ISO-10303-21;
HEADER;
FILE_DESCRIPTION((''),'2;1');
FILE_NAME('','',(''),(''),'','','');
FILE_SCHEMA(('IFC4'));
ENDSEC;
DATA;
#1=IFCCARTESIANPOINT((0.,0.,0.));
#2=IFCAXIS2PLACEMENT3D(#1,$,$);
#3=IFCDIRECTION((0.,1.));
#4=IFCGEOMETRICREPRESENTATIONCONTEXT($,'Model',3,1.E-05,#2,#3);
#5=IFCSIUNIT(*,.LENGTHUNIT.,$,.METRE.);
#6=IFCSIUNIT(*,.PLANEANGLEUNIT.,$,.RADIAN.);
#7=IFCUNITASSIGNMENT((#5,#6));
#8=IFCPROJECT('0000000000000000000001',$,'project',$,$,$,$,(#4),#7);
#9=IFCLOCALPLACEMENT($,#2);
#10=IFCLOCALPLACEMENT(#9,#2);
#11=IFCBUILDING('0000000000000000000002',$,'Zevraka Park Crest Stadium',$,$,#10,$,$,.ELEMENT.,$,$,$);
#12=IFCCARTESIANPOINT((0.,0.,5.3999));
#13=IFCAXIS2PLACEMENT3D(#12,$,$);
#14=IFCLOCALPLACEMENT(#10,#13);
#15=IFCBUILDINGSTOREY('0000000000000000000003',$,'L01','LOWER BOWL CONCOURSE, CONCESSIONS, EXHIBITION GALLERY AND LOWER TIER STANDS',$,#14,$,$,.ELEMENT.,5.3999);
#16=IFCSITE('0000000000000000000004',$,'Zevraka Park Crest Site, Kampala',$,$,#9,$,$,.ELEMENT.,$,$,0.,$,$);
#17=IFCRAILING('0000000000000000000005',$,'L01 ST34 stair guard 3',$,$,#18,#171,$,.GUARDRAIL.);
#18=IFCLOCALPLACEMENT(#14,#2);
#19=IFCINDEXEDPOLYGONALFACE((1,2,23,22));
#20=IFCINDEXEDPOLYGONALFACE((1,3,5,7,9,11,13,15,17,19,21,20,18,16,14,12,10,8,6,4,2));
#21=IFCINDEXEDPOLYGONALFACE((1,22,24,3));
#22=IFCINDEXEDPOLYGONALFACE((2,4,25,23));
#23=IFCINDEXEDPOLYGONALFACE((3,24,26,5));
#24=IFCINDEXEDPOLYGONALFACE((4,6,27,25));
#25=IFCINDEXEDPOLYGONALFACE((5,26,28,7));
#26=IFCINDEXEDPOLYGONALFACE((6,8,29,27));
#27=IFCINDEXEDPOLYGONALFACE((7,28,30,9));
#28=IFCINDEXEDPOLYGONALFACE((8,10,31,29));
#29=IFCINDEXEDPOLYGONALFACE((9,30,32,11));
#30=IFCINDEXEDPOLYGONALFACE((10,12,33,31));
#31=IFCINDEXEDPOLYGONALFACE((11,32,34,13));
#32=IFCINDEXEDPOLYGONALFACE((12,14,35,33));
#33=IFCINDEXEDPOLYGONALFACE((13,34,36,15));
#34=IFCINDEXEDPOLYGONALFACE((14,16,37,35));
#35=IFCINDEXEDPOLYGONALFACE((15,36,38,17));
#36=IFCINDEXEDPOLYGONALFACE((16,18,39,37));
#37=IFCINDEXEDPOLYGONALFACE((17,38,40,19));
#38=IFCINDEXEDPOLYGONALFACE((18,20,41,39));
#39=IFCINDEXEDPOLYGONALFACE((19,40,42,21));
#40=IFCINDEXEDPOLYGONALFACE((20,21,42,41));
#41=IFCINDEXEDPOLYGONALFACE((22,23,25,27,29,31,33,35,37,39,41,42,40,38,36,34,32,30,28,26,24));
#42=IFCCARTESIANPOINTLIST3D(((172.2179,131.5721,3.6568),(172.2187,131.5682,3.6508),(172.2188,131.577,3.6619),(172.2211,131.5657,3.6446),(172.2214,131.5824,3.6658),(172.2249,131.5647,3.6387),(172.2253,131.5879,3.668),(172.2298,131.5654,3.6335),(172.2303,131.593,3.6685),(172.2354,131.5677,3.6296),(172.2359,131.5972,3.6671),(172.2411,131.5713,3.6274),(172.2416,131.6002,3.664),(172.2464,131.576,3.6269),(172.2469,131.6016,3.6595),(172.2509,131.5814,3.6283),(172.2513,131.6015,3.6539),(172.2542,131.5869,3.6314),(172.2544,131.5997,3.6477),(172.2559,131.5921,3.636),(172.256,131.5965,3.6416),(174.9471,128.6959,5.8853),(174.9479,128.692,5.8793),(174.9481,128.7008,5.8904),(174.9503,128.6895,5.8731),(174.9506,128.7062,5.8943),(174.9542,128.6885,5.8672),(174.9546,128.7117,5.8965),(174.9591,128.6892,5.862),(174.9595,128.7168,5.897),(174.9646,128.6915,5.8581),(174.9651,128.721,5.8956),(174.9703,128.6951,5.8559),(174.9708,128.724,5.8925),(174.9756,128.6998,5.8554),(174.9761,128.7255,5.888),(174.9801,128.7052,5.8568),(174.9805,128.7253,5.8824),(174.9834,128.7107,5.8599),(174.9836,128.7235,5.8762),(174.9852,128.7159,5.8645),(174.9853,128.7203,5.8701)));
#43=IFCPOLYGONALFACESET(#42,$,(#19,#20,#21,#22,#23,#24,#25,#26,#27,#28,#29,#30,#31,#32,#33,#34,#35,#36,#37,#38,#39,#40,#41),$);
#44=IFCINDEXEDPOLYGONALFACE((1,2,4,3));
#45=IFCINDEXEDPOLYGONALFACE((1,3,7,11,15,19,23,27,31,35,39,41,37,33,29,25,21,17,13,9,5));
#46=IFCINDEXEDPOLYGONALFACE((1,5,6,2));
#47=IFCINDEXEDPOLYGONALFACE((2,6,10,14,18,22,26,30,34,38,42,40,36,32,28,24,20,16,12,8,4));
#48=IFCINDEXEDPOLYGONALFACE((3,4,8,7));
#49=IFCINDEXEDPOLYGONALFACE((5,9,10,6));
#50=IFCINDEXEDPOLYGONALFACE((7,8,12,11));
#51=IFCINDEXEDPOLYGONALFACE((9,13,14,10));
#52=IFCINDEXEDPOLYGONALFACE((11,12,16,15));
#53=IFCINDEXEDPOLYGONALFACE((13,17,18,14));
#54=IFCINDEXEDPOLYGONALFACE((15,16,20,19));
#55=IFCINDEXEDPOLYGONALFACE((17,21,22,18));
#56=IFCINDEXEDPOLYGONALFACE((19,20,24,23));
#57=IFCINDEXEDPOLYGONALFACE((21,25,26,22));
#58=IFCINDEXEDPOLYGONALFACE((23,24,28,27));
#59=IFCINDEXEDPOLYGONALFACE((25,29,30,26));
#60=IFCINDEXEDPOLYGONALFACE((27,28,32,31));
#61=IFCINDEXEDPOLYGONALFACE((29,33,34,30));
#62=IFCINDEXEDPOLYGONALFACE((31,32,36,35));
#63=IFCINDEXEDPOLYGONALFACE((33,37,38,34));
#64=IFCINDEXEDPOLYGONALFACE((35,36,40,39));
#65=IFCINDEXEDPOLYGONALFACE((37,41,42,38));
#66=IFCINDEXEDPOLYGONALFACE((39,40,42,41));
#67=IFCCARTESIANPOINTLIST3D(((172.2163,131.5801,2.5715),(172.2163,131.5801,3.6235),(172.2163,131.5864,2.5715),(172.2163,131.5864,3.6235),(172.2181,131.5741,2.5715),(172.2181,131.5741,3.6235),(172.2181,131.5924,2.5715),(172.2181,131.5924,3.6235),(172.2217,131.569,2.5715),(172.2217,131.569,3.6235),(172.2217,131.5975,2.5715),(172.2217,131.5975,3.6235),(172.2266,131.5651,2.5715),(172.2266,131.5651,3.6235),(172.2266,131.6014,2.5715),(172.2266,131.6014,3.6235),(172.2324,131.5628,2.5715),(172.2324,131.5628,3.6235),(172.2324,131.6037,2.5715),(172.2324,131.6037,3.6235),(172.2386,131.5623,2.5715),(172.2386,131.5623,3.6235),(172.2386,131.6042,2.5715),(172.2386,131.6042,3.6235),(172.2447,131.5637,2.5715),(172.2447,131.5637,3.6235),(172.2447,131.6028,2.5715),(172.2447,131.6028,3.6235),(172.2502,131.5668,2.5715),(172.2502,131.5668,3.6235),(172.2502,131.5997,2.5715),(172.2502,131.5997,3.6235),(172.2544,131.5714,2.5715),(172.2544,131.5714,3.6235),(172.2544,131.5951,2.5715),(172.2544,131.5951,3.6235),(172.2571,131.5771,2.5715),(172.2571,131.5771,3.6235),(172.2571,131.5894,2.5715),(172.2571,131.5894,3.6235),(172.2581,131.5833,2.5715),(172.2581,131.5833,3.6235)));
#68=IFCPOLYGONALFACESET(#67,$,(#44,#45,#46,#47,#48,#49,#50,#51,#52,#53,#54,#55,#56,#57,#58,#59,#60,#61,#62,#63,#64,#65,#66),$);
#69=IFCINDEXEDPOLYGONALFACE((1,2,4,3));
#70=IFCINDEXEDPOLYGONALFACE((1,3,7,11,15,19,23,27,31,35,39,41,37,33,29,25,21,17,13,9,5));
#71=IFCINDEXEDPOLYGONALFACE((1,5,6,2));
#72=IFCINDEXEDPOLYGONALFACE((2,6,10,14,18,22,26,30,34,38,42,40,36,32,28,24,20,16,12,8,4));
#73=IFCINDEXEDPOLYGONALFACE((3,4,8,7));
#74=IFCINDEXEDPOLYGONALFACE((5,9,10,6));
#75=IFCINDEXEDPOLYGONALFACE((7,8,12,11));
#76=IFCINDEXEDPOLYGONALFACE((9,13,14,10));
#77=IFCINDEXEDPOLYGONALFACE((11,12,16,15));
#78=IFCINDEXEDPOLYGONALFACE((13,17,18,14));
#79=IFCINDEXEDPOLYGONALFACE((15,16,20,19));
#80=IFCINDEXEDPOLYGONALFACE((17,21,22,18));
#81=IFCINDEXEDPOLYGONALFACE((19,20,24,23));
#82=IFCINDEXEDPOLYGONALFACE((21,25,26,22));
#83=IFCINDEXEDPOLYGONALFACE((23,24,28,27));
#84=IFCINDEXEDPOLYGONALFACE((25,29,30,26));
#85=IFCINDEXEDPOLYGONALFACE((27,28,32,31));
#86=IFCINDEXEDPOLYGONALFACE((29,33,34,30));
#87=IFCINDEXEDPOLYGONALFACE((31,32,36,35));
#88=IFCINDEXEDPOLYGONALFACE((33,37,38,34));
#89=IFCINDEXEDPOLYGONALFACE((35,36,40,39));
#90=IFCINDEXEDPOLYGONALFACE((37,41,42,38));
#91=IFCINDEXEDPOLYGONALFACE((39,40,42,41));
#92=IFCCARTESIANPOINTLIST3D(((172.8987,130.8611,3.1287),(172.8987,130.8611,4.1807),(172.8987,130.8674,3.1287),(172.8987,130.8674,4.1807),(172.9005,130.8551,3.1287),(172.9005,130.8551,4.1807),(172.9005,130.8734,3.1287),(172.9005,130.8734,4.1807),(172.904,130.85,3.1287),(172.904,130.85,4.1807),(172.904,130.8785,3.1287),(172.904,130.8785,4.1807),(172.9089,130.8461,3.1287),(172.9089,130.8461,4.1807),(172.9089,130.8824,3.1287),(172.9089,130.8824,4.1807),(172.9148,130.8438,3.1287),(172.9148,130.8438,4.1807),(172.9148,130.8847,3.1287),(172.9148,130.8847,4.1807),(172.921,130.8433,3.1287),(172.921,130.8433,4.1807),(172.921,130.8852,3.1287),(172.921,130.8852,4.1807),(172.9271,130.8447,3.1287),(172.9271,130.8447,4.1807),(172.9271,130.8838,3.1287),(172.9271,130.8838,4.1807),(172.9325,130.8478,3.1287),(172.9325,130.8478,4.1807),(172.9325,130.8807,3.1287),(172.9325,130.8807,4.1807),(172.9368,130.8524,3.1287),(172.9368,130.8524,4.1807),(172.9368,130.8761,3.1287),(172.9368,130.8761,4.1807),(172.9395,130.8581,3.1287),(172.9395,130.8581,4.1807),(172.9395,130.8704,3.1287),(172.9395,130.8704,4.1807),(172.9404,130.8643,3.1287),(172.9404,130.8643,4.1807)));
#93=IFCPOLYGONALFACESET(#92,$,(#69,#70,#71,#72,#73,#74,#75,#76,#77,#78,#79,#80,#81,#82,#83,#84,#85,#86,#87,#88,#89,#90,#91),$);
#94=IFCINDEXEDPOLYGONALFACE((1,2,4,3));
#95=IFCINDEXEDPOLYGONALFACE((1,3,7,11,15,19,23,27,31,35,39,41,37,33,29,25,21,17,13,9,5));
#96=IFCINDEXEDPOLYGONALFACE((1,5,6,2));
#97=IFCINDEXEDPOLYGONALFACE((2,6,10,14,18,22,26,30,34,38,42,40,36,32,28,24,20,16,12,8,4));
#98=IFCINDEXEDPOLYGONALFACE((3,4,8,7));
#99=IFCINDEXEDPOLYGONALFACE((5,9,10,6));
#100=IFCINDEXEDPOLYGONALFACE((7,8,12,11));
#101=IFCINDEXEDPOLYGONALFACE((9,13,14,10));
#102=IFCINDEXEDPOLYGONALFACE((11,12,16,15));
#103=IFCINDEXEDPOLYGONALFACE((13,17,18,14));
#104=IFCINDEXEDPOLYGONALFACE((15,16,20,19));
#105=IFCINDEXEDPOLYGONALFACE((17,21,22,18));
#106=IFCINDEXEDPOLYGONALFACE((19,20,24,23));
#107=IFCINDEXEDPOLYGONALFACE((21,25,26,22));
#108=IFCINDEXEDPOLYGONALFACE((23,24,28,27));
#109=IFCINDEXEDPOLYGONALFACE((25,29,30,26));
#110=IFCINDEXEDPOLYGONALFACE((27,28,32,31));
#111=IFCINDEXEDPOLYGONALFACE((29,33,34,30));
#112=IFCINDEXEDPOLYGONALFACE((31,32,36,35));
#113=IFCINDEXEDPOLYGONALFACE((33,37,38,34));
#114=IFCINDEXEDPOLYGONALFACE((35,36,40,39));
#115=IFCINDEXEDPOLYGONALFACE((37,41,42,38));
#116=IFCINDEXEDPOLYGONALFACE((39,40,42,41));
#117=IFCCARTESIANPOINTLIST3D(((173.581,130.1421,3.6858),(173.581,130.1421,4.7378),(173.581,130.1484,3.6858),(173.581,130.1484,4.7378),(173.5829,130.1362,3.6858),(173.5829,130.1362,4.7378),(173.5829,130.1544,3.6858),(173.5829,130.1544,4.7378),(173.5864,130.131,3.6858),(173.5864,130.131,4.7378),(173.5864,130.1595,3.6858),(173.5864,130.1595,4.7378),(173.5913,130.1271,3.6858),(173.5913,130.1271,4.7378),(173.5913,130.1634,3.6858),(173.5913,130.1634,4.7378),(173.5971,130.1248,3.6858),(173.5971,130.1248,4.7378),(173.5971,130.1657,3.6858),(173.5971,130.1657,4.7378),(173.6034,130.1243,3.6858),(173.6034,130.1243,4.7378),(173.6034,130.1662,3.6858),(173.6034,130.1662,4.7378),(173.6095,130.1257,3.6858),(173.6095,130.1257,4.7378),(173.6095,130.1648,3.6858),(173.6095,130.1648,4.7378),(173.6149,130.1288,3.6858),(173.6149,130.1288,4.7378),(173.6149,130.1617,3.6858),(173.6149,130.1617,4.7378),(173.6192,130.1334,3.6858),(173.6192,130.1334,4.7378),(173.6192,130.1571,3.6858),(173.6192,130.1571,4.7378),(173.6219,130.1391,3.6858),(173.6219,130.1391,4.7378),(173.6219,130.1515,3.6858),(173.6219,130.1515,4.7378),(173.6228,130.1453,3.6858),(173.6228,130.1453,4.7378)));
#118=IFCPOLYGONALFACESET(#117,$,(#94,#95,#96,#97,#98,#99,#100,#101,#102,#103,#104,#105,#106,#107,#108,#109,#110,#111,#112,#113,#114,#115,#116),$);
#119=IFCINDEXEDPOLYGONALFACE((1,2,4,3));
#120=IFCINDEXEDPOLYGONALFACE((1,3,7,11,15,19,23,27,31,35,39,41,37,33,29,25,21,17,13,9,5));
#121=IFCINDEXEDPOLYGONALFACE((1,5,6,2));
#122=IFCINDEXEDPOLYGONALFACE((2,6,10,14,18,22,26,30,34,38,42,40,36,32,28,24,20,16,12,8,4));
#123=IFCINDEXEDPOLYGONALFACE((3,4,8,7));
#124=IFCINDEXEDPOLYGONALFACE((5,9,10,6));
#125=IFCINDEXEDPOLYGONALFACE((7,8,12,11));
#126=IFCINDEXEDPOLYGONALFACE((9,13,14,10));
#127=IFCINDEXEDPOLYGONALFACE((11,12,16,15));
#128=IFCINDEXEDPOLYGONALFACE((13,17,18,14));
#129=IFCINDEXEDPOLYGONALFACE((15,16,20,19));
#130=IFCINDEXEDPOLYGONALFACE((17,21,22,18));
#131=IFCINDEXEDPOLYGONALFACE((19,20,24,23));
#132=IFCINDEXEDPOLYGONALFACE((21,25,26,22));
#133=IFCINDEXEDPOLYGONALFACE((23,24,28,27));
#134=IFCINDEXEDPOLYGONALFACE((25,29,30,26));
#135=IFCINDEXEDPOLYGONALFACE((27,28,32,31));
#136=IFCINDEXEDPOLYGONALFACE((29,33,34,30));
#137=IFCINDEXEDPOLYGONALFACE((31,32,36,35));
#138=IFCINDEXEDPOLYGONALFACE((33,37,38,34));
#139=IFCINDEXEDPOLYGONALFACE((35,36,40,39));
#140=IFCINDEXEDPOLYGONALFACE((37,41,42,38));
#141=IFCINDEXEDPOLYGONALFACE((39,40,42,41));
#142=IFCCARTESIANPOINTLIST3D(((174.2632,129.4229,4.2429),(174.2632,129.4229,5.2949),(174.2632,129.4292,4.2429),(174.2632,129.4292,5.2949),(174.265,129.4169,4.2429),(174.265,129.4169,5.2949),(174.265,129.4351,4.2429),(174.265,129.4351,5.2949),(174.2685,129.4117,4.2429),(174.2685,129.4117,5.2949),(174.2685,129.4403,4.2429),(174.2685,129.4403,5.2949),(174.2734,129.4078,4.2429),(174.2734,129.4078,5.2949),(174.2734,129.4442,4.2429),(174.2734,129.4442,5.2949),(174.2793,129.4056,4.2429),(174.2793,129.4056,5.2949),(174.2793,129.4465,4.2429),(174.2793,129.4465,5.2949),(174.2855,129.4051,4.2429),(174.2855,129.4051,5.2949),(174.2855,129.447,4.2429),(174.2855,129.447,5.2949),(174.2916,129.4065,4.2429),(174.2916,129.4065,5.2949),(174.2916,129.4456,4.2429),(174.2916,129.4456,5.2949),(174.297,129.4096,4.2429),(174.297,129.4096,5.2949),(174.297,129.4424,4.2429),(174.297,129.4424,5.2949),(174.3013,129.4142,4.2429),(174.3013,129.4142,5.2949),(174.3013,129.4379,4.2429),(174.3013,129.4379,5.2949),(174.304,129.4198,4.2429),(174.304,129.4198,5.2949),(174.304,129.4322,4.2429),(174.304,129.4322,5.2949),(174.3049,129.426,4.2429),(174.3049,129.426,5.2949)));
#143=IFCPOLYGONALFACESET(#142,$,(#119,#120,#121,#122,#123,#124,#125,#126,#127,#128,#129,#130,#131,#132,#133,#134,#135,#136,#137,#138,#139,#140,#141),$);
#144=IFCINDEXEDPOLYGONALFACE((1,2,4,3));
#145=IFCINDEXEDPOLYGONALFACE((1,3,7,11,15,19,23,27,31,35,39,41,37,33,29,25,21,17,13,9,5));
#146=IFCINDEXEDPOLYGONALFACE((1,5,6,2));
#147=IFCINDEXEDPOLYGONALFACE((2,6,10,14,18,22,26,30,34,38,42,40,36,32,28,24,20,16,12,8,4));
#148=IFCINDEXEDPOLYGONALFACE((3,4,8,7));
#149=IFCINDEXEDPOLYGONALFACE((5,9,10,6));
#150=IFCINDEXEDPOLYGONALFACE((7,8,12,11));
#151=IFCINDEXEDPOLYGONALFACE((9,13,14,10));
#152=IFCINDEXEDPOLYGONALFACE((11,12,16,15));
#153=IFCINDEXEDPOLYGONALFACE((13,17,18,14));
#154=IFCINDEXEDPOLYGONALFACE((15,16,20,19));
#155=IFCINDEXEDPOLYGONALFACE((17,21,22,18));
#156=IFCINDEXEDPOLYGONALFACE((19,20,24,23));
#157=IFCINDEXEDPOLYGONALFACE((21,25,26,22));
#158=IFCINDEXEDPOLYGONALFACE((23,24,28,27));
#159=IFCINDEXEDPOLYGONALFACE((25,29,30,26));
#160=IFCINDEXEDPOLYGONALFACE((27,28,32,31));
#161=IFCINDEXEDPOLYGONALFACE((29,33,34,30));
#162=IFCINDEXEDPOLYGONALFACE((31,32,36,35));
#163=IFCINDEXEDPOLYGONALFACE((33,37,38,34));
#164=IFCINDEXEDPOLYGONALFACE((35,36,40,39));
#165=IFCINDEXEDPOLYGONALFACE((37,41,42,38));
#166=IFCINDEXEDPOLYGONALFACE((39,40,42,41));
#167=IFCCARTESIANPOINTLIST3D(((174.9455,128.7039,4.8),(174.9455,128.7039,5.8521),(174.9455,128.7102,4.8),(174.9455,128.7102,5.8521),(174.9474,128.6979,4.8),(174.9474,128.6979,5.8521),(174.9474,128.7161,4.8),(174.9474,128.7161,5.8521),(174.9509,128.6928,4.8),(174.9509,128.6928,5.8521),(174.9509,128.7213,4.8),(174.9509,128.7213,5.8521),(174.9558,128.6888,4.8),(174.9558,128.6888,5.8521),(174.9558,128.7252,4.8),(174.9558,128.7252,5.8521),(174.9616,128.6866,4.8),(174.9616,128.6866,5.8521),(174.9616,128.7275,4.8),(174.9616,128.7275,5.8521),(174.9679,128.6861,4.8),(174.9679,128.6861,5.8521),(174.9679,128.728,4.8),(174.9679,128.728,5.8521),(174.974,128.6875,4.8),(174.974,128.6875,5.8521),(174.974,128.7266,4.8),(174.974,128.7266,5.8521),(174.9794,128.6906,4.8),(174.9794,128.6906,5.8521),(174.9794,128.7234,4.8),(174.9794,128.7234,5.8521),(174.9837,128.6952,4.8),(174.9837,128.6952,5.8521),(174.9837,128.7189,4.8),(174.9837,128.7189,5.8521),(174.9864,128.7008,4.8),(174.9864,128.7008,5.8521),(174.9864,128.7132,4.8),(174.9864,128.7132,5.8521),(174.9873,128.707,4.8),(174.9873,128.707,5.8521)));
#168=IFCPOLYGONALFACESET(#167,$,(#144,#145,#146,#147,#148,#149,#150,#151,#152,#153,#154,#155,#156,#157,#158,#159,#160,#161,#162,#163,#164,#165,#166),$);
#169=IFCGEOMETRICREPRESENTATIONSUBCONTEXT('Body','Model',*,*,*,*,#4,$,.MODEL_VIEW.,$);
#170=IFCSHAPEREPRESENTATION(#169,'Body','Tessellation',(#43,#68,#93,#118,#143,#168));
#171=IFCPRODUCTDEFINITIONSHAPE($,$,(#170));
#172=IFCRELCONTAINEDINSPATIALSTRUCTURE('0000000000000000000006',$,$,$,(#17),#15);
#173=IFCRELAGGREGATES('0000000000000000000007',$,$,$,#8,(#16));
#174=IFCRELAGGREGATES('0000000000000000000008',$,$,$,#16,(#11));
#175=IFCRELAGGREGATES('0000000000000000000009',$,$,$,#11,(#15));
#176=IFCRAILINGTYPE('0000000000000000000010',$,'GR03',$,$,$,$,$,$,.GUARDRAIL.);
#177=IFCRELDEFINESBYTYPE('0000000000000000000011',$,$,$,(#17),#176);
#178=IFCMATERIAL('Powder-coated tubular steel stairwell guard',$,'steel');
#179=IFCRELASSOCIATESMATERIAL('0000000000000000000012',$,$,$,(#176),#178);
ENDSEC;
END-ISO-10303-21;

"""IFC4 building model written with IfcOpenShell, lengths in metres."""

from ifc_helpers import new_model, si_unit, direction, frame, origin, origin_2d, place, context, subcontext, project, spatial, circle, extrude, material, type_object, element, save


model = new_model("IFC4")

# Units and contexts
model_context = context("Model", 3, precision=1e-05, world=origin(), true_north=direction((0.0, 1.0)))
body_context = subcontext(model_context, "Body", "Model", "MODEL_VIEW")
ifc_project = project(units=[si_unit("LENGTHUNIT", "METRE"), si_unit("PLANEANGLEUNIT", "RADIAN")], contexts=[model_context])

# Site, building, storey
site_placement = place(None, origin())
site = spatial("IfcSite", under=ifc_project, at=site_placement, Name="Zevraka Park Crest Site, Kampala", CompositionType="ELEMENT", RefElevation=0.0)
building_placement = place(site_placement, origin())
building = spatial("IfcBuilding", under=site, at=building_placement, Name="Zevraka Park Crest Stadium", CompositionType="ELEMENT")
storey_placement = place(building_placement, frame((0.0, 0.0, 5.3999)))
storey = spatial("IfcBuildingStorey", under=building, at=storey_placement, Name="L01", Description="LOWER BOWL CONCOURSE, CONCESSIONS, EXHIBITION GALLERY AND LOWER TIER STANDS", CompositionType="ELEMENT", Elevation=5.3999)

# Railing
ifc_material_1 = material(Name="Powder-coated tubular steel stairwell guard", Category="steel")
railing_type_1 = type_object("IfcRailingType", Name="GR03", PredefinedType="GUARDRAIL", material=ifc_material_1)
railing_1_placement = place(storey_placement, frame((172.2371, 131.5833, 2.5715)))
element("IfcRailing", 1, at=railing_1_placement, inside=storey, type_object=railing_type_1, Name="L01 ST34 stair guard 3", PredefinedType="GUARDRAIL", context=body_context, shape_type="SweptSolid", body=[
    extrude(circle(Radius=0.0239, at=origin_2d()), frame((0.0, 0.0, 1.0762), z_axis=(0.600049, -0.632362, 0.489959), x_axis=(0.725397, 0.68833, 0.0)), (0.0, 0.0, 1.0), 4.5483),
    extrude(circle(Radius=0.021, at=origin_2d()), origin(), (0.0, 0.0, 1.0), 1.052),
    extrude(circle(Radius=0.021, at=origin_2d()), frame((0.6824, -0.719, 0.5571)), (0.0, 0.0, 1.0), 1.052),
    extrude(circle(Radius=0.021, at=origin_2d()), frame((1.3647, -1.438, 1.1143)), (0.0, 0.0, 1.0), 1.052),
    extrude(circle(Radius=0.021, at=origin_2d()), frame((2.0469, -2.1572, 1.6714)), (0.0, 0.0, 1.0), 1.052),
    extrude(circle(Radius=0.021, at=origin_2d()), frame((2.7292, -2.8762, 2.2285)), (0.0, 0.0, 1.0), 1.052),
])

save(model, "model.ifc")
